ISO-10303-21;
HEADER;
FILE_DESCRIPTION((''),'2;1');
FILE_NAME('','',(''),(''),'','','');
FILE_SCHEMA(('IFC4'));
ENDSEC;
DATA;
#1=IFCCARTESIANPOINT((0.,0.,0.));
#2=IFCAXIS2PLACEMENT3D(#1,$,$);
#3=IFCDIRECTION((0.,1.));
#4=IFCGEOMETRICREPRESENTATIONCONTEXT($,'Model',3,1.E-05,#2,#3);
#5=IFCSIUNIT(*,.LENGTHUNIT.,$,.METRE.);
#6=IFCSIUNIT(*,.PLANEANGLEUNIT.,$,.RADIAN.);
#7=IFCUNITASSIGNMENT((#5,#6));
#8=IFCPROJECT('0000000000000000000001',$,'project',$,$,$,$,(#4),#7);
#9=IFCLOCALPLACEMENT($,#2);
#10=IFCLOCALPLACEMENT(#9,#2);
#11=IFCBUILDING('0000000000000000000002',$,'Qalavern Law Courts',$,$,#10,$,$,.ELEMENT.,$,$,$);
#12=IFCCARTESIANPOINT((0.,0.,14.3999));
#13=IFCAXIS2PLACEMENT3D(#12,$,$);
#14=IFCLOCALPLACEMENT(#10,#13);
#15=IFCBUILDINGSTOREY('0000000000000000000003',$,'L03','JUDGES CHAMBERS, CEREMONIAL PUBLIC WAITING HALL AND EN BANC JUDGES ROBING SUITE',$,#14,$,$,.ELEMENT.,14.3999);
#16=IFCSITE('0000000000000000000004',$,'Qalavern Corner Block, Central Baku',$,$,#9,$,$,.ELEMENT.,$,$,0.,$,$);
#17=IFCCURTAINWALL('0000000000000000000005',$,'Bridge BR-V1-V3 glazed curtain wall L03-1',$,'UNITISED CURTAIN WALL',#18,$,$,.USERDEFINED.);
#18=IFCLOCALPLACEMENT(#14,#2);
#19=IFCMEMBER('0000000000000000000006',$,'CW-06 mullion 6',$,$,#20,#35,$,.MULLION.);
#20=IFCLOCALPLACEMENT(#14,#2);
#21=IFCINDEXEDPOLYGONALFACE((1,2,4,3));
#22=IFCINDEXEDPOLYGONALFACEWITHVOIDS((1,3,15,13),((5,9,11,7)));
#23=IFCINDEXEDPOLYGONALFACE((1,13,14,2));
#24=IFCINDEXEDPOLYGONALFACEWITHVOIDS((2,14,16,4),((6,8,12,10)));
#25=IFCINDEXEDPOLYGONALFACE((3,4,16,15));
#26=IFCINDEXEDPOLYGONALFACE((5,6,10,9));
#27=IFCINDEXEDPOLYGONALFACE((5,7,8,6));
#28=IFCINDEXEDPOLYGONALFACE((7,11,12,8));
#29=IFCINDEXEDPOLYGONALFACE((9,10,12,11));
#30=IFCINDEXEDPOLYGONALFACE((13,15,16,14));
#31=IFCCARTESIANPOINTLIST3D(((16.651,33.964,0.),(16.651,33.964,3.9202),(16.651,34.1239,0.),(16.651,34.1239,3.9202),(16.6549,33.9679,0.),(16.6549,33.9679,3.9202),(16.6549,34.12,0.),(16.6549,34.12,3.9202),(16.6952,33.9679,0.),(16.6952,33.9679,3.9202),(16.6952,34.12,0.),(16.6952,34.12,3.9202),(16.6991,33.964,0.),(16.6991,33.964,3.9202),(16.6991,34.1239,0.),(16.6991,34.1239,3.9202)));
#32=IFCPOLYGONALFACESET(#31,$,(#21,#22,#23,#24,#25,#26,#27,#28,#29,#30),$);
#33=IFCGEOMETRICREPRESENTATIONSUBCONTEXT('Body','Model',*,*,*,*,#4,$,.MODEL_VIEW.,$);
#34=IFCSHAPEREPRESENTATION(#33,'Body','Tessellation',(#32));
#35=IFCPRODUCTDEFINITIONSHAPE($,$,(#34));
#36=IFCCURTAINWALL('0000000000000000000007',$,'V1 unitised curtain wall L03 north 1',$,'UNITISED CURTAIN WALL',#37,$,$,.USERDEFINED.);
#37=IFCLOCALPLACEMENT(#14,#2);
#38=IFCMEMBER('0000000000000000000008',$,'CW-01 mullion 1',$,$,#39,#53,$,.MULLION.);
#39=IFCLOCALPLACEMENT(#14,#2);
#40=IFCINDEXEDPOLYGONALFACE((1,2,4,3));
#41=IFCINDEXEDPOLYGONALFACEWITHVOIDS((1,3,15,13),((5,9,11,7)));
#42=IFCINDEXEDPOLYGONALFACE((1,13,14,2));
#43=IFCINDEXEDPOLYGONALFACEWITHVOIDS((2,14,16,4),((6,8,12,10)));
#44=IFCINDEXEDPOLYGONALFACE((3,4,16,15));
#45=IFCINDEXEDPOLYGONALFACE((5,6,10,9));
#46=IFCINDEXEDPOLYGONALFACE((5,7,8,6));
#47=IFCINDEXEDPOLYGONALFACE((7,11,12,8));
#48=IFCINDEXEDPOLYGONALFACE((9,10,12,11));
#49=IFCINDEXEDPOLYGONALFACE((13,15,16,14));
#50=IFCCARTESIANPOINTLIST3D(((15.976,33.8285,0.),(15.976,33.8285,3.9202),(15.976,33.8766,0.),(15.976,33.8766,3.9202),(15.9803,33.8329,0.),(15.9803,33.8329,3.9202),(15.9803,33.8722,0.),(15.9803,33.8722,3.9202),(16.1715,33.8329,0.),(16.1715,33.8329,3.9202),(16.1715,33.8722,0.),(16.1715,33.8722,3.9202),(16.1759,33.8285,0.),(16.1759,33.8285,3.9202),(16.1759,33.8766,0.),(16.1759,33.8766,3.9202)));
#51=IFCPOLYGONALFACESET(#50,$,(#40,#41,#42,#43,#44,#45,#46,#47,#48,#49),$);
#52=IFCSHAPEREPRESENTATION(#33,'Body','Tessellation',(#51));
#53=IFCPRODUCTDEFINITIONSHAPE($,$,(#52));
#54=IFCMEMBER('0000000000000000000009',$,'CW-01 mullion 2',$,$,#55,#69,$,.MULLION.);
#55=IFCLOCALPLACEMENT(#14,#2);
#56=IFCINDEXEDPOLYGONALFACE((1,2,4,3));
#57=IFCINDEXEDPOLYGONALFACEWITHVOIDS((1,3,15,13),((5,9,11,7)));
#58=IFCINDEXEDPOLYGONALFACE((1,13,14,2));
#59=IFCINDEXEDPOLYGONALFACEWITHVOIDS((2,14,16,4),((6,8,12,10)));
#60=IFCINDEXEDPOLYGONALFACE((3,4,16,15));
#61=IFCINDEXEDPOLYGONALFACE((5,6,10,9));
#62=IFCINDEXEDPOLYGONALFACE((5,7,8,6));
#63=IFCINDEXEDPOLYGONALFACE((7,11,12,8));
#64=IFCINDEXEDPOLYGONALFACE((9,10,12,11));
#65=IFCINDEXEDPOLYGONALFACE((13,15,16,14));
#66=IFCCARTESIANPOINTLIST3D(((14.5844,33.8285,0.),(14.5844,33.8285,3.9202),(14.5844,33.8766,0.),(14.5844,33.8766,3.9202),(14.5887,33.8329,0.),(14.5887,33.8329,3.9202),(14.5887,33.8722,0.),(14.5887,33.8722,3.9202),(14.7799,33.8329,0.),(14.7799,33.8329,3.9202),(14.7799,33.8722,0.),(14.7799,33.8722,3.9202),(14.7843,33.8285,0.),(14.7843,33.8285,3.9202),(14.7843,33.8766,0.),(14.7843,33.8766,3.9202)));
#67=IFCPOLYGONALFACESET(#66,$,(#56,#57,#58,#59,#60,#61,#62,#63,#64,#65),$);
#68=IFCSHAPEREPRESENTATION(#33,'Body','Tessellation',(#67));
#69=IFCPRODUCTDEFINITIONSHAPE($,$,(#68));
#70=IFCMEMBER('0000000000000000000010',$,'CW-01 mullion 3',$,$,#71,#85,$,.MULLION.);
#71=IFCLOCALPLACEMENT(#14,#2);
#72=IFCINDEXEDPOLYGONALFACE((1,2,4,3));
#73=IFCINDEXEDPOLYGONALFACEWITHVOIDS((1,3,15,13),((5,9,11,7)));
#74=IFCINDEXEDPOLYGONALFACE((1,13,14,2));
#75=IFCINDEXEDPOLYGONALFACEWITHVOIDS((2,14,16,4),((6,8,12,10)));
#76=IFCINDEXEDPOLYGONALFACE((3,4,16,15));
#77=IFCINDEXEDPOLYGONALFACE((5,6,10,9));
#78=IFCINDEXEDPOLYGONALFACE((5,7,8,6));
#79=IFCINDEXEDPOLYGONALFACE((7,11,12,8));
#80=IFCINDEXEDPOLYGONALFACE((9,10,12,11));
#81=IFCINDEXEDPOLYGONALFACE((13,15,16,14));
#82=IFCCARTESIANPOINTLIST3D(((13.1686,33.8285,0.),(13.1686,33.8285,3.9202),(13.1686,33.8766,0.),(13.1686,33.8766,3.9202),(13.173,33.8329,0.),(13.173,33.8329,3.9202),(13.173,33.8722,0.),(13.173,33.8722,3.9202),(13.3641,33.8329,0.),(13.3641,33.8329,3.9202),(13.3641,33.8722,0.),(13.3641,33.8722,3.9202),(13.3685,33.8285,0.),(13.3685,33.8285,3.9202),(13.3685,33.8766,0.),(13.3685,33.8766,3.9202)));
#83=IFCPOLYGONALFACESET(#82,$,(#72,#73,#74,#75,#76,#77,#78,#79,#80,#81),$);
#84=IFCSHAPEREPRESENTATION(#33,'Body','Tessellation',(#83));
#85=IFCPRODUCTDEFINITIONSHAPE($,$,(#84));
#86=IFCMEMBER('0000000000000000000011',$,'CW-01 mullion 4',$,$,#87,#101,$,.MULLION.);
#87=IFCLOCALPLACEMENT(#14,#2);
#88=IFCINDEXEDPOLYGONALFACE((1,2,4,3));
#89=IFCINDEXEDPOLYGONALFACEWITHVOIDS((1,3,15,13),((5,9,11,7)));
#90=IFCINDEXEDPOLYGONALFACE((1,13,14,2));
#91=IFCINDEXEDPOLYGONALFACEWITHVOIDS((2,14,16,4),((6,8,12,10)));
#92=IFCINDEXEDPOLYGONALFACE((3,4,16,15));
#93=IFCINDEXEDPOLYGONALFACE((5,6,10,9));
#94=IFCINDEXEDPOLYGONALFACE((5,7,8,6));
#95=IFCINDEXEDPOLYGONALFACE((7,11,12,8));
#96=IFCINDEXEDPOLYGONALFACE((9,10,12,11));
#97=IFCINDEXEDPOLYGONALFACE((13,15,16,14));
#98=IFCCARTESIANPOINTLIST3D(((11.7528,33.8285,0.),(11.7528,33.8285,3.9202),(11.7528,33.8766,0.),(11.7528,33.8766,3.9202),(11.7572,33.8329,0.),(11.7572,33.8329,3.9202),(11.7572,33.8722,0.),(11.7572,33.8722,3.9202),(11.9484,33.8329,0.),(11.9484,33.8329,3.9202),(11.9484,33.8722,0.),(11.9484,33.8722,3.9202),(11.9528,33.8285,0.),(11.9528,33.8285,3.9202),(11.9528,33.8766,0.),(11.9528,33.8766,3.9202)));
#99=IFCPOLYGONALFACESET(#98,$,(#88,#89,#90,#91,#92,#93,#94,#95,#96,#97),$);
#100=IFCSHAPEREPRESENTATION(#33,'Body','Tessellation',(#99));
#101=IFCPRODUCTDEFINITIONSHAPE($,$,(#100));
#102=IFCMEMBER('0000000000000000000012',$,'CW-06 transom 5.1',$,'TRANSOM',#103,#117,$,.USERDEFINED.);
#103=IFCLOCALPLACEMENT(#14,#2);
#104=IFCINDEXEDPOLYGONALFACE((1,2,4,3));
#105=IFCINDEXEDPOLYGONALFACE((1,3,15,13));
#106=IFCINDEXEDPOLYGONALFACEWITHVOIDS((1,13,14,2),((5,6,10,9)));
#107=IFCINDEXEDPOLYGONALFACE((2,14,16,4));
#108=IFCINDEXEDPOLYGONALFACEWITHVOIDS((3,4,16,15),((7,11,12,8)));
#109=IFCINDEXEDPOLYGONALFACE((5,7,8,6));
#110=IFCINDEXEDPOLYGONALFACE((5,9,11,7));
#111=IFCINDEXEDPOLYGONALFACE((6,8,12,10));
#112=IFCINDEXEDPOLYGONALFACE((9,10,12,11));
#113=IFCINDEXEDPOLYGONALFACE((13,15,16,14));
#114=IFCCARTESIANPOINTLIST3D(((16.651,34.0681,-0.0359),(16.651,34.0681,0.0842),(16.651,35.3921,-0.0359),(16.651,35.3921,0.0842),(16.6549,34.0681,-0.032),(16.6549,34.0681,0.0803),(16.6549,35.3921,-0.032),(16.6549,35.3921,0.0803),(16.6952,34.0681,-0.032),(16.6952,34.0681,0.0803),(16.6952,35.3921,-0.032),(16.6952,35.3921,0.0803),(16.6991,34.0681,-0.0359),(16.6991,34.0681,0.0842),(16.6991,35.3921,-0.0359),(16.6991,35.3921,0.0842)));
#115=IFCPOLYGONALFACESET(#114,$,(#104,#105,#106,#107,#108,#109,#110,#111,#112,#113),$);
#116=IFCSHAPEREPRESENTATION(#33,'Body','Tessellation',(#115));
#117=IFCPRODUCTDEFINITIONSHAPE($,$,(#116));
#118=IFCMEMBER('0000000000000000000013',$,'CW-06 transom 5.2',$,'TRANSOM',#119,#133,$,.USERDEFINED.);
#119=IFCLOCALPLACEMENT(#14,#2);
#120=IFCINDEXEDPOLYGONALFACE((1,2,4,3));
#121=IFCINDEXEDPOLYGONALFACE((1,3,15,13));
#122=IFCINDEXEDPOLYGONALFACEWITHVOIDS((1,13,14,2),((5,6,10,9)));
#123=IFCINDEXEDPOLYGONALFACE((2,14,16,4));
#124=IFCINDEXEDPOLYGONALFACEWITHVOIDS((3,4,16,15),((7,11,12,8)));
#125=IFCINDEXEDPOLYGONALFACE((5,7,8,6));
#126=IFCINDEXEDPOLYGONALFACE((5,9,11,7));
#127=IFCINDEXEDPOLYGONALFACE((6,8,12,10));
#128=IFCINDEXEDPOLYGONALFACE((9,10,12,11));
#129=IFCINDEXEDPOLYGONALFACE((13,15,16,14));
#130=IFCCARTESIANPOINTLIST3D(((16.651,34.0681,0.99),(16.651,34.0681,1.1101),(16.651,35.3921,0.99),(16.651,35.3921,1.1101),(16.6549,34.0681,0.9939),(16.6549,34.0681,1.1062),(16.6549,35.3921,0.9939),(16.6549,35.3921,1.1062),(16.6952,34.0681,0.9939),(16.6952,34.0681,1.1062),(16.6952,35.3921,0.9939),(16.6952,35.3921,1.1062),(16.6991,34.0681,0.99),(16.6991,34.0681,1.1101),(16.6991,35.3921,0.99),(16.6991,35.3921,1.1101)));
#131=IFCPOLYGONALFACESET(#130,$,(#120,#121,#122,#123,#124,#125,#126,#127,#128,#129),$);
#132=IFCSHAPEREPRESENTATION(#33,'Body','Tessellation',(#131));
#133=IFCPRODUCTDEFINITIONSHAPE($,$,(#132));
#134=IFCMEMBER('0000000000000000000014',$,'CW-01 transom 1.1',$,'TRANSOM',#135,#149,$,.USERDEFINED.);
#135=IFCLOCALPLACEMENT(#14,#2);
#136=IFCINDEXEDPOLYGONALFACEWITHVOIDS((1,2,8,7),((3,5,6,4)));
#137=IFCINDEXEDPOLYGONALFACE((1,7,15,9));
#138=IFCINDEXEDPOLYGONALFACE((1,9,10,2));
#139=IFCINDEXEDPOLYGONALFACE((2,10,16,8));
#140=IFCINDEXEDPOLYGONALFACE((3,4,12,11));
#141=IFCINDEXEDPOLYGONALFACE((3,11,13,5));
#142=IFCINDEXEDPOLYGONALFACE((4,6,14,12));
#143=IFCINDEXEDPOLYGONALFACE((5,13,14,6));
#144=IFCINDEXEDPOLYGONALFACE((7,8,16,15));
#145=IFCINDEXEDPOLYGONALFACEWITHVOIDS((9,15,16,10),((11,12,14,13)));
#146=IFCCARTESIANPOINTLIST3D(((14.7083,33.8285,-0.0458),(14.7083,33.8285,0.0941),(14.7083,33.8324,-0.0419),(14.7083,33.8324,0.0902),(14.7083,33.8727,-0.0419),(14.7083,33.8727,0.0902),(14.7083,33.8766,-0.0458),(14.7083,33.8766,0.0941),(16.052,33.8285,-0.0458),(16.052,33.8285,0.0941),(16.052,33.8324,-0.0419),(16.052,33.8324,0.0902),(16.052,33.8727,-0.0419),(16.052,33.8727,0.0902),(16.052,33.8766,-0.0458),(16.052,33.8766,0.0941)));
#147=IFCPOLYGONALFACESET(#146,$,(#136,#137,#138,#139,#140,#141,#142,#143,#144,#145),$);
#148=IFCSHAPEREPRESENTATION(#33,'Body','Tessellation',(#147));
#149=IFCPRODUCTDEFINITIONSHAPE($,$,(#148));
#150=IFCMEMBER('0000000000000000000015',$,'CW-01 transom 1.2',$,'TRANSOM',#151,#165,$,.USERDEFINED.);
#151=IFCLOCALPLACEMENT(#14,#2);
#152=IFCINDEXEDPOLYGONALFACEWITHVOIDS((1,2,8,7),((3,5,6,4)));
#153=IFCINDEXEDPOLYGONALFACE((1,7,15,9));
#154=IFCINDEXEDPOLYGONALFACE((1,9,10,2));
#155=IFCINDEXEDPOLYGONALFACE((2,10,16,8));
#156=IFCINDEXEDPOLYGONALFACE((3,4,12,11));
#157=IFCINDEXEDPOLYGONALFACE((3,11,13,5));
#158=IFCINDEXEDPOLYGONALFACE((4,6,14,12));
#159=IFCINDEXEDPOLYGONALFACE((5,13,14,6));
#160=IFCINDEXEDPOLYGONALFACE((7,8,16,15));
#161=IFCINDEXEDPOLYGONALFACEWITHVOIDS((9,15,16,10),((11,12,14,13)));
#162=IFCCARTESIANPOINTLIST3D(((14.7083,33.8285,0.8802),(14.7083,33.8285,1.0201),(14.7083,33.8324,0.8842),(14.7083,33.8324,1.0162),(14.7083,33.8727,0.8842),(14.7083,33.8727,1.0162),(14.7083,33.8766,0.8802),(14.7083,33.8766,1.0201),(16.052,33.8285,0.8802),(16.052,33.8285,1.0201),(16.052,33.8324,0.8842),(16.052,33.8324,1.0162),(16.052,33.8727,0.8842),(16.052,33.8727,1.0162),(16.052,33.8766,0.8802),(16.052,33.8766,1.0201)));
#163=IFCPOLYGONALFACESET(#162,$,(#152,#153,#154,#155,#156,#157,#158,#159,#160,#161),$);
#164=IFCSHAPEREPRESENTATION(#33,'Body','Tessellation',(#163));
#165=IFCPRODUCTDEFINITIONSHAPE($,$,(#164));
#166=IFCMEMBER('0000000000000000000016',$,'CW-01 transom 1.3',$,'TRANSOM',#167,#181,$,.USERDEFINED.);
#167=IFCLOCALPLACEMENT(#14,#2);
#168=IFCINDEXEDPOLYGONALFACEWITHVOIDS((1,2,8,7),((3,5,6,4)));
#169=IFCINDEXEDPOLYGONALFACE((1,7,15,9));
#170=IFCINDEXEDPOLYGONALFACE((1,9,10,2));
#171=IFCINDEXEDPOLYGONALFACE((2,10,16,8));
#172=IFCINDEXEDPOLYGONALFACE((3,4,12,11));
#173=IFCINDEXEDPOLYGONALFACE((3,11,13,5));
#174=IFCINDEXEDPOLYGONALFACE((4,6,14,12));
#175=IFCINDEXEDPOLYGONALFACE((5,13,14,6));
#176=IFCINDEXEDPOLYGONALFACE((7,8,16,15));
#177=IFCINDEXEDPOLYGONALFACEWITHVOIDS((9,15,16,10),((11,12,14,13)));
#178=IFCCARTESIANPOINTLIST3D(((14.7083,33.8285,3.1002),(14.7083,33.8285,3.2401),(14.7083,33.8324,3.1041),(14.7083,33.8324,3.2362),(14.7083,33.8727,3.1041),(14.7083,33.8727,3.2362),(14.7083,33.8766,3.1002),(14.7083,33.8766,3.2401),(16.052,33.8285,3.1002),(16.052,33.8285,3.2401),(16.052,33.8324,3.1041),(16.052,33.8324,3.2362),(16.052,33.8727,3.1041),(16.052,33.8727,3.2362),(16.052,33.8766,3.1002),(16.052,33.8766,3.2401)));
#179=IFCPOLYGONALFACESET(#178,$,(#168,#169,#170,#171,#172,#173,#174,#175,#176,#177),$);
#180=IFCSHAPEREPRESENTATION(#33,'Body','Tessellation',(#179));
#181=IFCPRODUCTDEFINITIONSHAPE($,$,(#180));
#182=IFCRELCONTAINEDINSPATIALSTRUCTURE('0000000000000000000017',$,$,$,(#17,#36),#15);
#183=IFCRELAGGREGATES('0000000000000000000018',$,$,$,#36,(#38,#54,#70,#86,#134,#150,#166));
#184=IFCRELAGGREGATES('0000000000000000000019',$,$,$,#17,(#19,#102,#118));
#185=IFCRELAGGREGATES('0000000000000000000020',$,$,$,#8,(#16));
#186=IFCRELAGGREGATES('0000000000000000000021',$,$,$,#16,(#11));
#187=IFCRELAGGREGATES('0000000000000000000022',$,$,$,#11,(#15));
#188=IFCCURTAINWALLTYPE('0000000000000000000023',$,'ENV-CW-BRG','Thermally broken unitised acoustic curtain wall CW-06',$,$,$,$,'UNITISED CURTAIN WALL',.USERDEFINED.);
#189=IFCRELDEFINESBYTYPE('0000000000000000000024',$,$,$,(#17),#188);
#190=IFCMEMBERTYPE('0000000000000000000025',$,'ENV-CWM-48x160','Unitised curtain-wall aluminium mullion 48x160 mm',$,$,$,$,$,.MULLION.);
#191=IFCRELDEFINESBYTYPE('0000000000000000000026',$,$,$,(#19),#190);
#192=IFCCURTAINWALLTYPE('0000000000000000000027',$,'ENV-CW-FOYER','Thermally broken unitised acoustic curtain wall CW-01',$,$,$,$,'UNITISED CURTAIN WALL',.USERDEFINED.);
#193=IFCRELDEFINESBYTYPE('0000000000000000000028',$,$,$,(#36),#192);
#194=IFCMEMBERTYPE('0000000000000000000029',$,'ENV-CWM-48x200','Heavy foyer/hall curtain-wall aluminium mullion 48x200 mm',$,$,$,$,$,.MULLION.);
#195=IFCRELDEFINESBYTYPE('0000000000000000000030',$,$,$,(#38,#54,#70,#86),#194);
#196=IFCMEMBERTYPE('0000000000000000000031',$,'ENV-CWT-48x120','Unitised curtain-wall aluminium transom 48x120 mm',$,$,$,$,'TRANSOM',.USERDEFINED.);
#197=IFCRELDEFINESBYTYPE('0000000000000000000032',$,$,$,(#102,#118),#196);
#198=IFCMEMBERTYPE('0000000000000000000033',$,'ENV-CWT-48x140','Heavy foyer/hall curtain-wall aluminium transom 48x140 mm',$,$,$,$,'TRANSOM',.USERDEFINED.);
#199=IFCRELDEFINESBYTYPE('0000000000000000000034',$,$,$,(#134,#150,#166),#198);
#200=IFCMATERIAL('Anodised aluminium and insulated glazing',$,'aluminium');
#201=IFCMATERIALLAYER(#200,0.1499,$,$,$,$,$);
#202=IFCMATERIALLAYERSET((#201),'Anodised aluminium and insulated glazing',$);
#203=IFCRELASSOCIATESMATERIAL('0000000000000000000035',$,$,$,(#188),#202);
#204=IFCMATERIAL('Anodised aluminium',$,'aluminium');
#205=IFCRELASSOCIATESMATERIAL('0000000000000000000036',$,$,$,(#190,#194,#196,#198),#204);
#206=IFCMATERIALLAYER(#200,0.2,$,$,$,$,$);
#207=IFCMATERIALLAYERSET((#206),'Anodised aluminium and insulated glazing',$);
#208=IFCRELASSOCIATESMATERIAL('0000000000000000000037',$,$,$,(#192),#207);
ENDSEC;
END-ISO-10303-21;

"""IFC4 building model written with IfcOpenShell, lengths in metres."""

from ifc_helpers import new_model, si_unit, direction, frame, origin, origin_2d, place, context, subcontext, project, spatial, hollow_rectangle, extrude, material, layer, layer_set, material_profile, profile_set, type_object, element, aggregate, save


model = new_model("IFC4")

# Units and contexts
model_context = context("Model", 3, precision=1e-05, world=origin(), true_north=direction((0.0, 1.0)))
body_context = subcontext(model_context, "Body", "Model", "MODEL_VIEW")
ifc_project = project(units=[si_unit("LENGTHUNIT", "METRE"), si_unit("PLANEANGLEUNIT", "RADIAN")], contexts=[model_context])

# Site, building, storey
site_placement = place(None, origin())
site = spatial("IfcSite", under=ifc_project, at=site_placement, Name="Qalavern Corner Block, Central Baku", CompositionType="ELEMENT", RefElevation=0.0)
building_placement = place(site_placement, origin())
building = spatial("IfcBuilding", under=site, at=building_placement, Name="Qalavern Law Courts", CompositionType="ELEMENT")
storey_placement = place(building_placement, frame((0.0, 0.0, 14.3999)))
storey = spatial("IfcBuildingStorey", under=building, at=storey_placement, Name="L03", Description="JUDGES CHAMBERS, CEREMONIAL PUBLIC WAITING HALL AND EN BANC JUDGES ROBING SUITE", CompositionType="ELEMENT", Elevation=14.3999)

# Curtain wall, member
ifc_material_1 = material(Name="Anodised aluminium and insulated glazing", Category="aluminium")
ifc_layer_1 = layer(ifc_material_1, 0.1499)
ifc_layer_set_1 = layer_set([ifc_layer_1], Name="Anodised aluminium and insulated glazing")
curtain_wall_type_1 = type_object("IfcCurtainWallType", Name="ENV-CW-BRG", Description="Thermally broken unitised acoustic curtain wall CW-06", ElementType="UNITISED CURTAIN WALL", PredefinedType="USERDEFINED", material=ifc_layer_set_1)
curtain_wall_1_placement = place(storey_placement, origin())
curtain_wall_1 = element("IfcCurtainWall", 1, at=curtain_wall_1_placement, inside=storey, type_object=curtain_wall_type_1, Name="Bridge BR-V1-V3 glazed curtain wall L03-1", ObjectType="UNITISED CURTAIN WALL", PredefinedType="USERDEFINED")
ifc_material_2 = material(Name="Anodised aluminium", Category="aluminium")
ifc_material_profile_1 = material_profile(ifc_material_2, hollow_rectangle(XDim=0.0481, YDim=0.1599, WallThickness=0.0039, at=origin_2d()), Name="ALU MULLION 48x160")
ifc_profile_set_1 = profile_set([ifc_material_profile_1], Name="Anodised aluminium")
member_type_1 = type_object("IfcMemberType", Name="ENV-CWM-48x160", Description="Unitised curtain-wall aluminium mullion 48x160 mm", PredefinedType="MULLION", material=ifc_profile_set_1)
member_1_placement = place(storey_placement, frame((16.675, 34.0439, 0.0), z_axis=(0.0, 0.0, 1.0), x_axis=(1.0, 0.0, 0.0)))
member_1 = element("IfcMember", 2, at=member_1_placement, type_object=member_type_1, Name="CW-06 mullion 6", PredefinedType="MULLION", context=body_context, shape_type="SweptSolid", body=[
    extrude(hollow_rectangle(XDim=0.0481, YDim=0.1599, WallThickness=0.0039, at=origin_2d()), origin(), (0.0, 0.0, 1.0), 3.9202),
])

# Curtain wall, members
ifc_layer_2 = layer(ifc_material_1, 0.2)
ifc_layer_set_2 = layer_set([ifc_layer_2], Name="Anodised aluminium and insulated glazing")
curtain_wall_type_2 = type_object("IfcCurtainWallType", Name="ENV-CW-FOYER", Description="Thermally broken unitised acoustic curtain wall CW-01", ElementType="UNITISED CURTAIN WALL", PredefinedType="USERDEFINED", material=ifc_layer_set_2)
curtain_wall_2_placement = place(storey_placement, origin())
curtain_wall_2 = element("IfcCurtainWall", 3, at=curtain_wall_2_placement, inside=storey, type_object=curtain_wall_type_2, Name="V1 unitised curtain wall L03 north 1", ObjectType="UNITISED CURTAIN WALL", PredefinedType="USERDEFINED")
ifc_material_profile_2 = material_profile(ifc_material_2, hollow_rectangle(XDim=0.0481, YDim=0.2, WallThickness=0.0044, at=origin_2d()), Name="ALU MULLION 48x200")
ifc_profile_set_2 = profile_set([ifc_material_profile_2], Name="Anodised aluminium")
member_type_2 = type_object("IfcMemberType", Name="ENV-CWM-48x200", Description="Heavy foyer/hall curtain-wall aluminium mullion 48x200 mm", PredefinedType="MULLION", material=ifc_profile_set_2)
member_2_placement = place(storey_placement, frame((16.0759, 33.8525, 0.0), z_axis=(0.0, 0.0, 1.0), x_axis=(0.0, -1.0, 0.0)))
member_2 = element("IfcMember", 4, at=member_2_placement, type_object=member_type_2, Name="CW-01 mullion 1", PredefinedType="MULLION", context=body_context, shape_type="SweptSolid", body=[
    extrude(hollow_rectangle(XDim=0.0481, YDim=0.2, WallThickness=0.0044, at=origin_2d()), origin(), (0.0, 0.0, 1.0), 3.9202),
])
member_3_placement = place(storey_placement, frame((14.6843, 33.8525, 0.0), z_axis=(0.0, 0.0, 1.0), x_axis=(0.0, -1.0, 0.0)))
member_3 = element("IfcMember", 5, at=member_3_placement, type_object=member_type_2, Name="CW-01 mullion 2", PredefinedType="MULLION", context=body_context, shape_type="SweptSolid", body=[
    extrude(hollow_rectangle(XDim=0.0481, YDim=0.2, WallThickness=0.0044, at=origin_2d()), origin(), (0.0, 0.0, 1.0), 3.9202),
])
member_4_placement = place(storey_placement, frame((13.2686, 33.8525, 0.0), z_axis=(0.0, 0.0, 1.0), x_axis=(0.0, -1.0, 0.0)))
member_4 = element("IfcMember", 6, at=member_4_placement, type_object=member_type_2, Name="CW-01 mullion 3", PredefinedType="MULLION", context=body_context, shape_type="SweptSolid", body=[
    extrude(hollow_rectangle(XDim=0.0481, YDim=0.2, WallThickness=0.0044, at=origin_2d()), origin(), (0.0, 0.0, 1.0), 3.9202),
])
member_5_placement = place(storey_placement, frame((11.8528, 33.8525, 0.0), z_axis=(0.0, 0.0, 1.0), x_axis=(0.0, -1.0, 0.0)))
member_5 = element("IfcMember", 7, at=member_5_placement, type_object=member_type_2, Name="CW-01 mullion 4", PredefinedType="MULLION", context=body_context, shape_type="SweptSolid", body=[
    extrude(hollow_rectangle(XDim=0.0481, YDim=0.2, WallThickness=0.0044, at=origin_2d()), origin(), (0.0, 0.0, 1.0), 3.9202),
])

# Members
ifc_material_profile_3 = material_profile(ifc_material_2, hollow_rectangle(XDim=0.0481, YDim=0.1201, WallThickness=0.0039, at=origin_2d()), Name="ALU TRANSOM 48x120")
ifc_profile_set_3 = profile_set([ifc_material_profile_3], Name="Anodised aluminium")
member_type_3 = type_object("IfcMemberType", Name="ENV-CWT-48x120", Description="Unitised curtain-wall aluminium transom 48x120 mm", ElementType="TRANSOM", PredefinedType="USERDEFINED", material=ifc_profile_set_3)
member_6_placement = place(storey_placement, frame((16.675, 35.3921, 0.0242), z_axis=(0.0, -1.0, 0.0), x_axis=(1.0, 0.0, 0.0)))
member_6 = element("IfcMember", 8, at=member_6_placement, type_object=member_type_3, Name="CW-06 transom 5.1", ObjectType="TRANSOM", PredefinedType="USERDEFINED", context=body_context, shape_type="SweptSolid", body=[
    extrude(hollow_rectangle(XDim=0.0481, YDim=0.1201, WallThickness=0.0039, at=origin_2d()), origin(), (0.0, 0.0, 1.0), 1.324),
])
member_7_placement = place(storey_placement, frame((16.675, 35.3921, 1.05), z_axis=(0.0, -1.0, 0.0), x_axis=(1.0, 0.0, 0.0)))
member_7 = element("IfcMember", 9, at=member_7_placement, type_object=member_type_3, Name="CW-06 transom 5.2", ObjectType="TRANSOM", PredefinedType="USERDEFINED", context=body_context, shape_type="SweptSolid", body=[
    extrude(hollow_rectangle(XDim=0.0481, YDim=0.1201, WallThickness=0.0039, at=origin_2d()), origin(), (0.0, 0.0, 1.0), 1.324),
])
ifc_material_profile_4 = material_profile(ifc_material_2, hollow_rectangle(XDim=0.0481, YDim=0.1399, WallThickness=0.0039, at=origin_2d()), Name="ALU TRANSOM 48x140")
ifc_profile_set_4 = profile_set([ifc_material_profile_4], Name="Anodised aluminium")
member_type_4 = type_object("IfcMemberType", Name="ENV-CWT-48x140", Description="Heavy foyer/hall curtain-wall aluminium transom 48x140 mm", ElementType="TRANSOM", PredefinedType="USERDEFINED", material=ifc_profile_set_4)
member_8_placement = place(storey_placement, frame((16.052, 33.8525, 0.0242), z_axis=(-1.0, 0.0, 0.0), x_axis=(0.0, -1.0, 0.0)))
member_8 = element("IfcMember", 10, at=member_8_placement, type_object=member_type_4, Name="CW-01 transom 1.1", ObjectType="TRANSOM", PredefinedType="USERDEFINED", context=body_context, shape_type="SweptSolid", body=[
    extrude(hollow_rectangle(XDim=0.0481, YDim=0.1399, WallThickness=0.0039, at=origin_2d()), origin(), (0.0, 0.0, 1.0), 1.3438),
])
member_9_placement = place(storey_placement, frame((16.052, 33.8525, 0.9502), z_axis=(-1.0, 0.0, 0.0), x_axis=(0.0, -1.0, 0.0)))
member_9 = element("IfcMember", 11, at=member_9_placement, type_object=member_type_4, Name="CW-01 transom 1.2", ObjectType="TRANSOM", PredefinedType="USERDEFINED", context=body_context, shape_type="SweptSolid", body=[
    extrude(hollow_rectangle(XDim=0.0481, YDim=0.1399, WallThickness=0.0039, at=origin_2d()), origin(), (0.0, 0.0, 1.0), 1.3438),
])
member_10_placement = place(storey_placement, frame((16.052, 33.8525, 3.1702), z_axis=(-1.0, 0.0, 0.0), x_axis=(0.0, -1.0, 0.0)))
member_10 = element("IfcMember", 12, at=member_10_placement, type_object=member_type_4, Name="CW-01 transom 1.3", ObjectType="TRANSOM", PredefinedType="USERDEFINED", context=body_context, shape_type="SweptSolid", body=[
    extrude(hollow_rectangle(XDim=0.0481, YDim=0.1399, WallThickness=0.0039, at=origin_2d()), origin(), (0.0, 0.0, 1.0), 1.3438),
])

aggregate(curtain_wall_2, [member_2, member_3, member_4, member_5, member_8, member_9, member_10])
aggregate(curtain_wall_1, [member_1, member_6, member_7])

save(model, "model.ifc")
